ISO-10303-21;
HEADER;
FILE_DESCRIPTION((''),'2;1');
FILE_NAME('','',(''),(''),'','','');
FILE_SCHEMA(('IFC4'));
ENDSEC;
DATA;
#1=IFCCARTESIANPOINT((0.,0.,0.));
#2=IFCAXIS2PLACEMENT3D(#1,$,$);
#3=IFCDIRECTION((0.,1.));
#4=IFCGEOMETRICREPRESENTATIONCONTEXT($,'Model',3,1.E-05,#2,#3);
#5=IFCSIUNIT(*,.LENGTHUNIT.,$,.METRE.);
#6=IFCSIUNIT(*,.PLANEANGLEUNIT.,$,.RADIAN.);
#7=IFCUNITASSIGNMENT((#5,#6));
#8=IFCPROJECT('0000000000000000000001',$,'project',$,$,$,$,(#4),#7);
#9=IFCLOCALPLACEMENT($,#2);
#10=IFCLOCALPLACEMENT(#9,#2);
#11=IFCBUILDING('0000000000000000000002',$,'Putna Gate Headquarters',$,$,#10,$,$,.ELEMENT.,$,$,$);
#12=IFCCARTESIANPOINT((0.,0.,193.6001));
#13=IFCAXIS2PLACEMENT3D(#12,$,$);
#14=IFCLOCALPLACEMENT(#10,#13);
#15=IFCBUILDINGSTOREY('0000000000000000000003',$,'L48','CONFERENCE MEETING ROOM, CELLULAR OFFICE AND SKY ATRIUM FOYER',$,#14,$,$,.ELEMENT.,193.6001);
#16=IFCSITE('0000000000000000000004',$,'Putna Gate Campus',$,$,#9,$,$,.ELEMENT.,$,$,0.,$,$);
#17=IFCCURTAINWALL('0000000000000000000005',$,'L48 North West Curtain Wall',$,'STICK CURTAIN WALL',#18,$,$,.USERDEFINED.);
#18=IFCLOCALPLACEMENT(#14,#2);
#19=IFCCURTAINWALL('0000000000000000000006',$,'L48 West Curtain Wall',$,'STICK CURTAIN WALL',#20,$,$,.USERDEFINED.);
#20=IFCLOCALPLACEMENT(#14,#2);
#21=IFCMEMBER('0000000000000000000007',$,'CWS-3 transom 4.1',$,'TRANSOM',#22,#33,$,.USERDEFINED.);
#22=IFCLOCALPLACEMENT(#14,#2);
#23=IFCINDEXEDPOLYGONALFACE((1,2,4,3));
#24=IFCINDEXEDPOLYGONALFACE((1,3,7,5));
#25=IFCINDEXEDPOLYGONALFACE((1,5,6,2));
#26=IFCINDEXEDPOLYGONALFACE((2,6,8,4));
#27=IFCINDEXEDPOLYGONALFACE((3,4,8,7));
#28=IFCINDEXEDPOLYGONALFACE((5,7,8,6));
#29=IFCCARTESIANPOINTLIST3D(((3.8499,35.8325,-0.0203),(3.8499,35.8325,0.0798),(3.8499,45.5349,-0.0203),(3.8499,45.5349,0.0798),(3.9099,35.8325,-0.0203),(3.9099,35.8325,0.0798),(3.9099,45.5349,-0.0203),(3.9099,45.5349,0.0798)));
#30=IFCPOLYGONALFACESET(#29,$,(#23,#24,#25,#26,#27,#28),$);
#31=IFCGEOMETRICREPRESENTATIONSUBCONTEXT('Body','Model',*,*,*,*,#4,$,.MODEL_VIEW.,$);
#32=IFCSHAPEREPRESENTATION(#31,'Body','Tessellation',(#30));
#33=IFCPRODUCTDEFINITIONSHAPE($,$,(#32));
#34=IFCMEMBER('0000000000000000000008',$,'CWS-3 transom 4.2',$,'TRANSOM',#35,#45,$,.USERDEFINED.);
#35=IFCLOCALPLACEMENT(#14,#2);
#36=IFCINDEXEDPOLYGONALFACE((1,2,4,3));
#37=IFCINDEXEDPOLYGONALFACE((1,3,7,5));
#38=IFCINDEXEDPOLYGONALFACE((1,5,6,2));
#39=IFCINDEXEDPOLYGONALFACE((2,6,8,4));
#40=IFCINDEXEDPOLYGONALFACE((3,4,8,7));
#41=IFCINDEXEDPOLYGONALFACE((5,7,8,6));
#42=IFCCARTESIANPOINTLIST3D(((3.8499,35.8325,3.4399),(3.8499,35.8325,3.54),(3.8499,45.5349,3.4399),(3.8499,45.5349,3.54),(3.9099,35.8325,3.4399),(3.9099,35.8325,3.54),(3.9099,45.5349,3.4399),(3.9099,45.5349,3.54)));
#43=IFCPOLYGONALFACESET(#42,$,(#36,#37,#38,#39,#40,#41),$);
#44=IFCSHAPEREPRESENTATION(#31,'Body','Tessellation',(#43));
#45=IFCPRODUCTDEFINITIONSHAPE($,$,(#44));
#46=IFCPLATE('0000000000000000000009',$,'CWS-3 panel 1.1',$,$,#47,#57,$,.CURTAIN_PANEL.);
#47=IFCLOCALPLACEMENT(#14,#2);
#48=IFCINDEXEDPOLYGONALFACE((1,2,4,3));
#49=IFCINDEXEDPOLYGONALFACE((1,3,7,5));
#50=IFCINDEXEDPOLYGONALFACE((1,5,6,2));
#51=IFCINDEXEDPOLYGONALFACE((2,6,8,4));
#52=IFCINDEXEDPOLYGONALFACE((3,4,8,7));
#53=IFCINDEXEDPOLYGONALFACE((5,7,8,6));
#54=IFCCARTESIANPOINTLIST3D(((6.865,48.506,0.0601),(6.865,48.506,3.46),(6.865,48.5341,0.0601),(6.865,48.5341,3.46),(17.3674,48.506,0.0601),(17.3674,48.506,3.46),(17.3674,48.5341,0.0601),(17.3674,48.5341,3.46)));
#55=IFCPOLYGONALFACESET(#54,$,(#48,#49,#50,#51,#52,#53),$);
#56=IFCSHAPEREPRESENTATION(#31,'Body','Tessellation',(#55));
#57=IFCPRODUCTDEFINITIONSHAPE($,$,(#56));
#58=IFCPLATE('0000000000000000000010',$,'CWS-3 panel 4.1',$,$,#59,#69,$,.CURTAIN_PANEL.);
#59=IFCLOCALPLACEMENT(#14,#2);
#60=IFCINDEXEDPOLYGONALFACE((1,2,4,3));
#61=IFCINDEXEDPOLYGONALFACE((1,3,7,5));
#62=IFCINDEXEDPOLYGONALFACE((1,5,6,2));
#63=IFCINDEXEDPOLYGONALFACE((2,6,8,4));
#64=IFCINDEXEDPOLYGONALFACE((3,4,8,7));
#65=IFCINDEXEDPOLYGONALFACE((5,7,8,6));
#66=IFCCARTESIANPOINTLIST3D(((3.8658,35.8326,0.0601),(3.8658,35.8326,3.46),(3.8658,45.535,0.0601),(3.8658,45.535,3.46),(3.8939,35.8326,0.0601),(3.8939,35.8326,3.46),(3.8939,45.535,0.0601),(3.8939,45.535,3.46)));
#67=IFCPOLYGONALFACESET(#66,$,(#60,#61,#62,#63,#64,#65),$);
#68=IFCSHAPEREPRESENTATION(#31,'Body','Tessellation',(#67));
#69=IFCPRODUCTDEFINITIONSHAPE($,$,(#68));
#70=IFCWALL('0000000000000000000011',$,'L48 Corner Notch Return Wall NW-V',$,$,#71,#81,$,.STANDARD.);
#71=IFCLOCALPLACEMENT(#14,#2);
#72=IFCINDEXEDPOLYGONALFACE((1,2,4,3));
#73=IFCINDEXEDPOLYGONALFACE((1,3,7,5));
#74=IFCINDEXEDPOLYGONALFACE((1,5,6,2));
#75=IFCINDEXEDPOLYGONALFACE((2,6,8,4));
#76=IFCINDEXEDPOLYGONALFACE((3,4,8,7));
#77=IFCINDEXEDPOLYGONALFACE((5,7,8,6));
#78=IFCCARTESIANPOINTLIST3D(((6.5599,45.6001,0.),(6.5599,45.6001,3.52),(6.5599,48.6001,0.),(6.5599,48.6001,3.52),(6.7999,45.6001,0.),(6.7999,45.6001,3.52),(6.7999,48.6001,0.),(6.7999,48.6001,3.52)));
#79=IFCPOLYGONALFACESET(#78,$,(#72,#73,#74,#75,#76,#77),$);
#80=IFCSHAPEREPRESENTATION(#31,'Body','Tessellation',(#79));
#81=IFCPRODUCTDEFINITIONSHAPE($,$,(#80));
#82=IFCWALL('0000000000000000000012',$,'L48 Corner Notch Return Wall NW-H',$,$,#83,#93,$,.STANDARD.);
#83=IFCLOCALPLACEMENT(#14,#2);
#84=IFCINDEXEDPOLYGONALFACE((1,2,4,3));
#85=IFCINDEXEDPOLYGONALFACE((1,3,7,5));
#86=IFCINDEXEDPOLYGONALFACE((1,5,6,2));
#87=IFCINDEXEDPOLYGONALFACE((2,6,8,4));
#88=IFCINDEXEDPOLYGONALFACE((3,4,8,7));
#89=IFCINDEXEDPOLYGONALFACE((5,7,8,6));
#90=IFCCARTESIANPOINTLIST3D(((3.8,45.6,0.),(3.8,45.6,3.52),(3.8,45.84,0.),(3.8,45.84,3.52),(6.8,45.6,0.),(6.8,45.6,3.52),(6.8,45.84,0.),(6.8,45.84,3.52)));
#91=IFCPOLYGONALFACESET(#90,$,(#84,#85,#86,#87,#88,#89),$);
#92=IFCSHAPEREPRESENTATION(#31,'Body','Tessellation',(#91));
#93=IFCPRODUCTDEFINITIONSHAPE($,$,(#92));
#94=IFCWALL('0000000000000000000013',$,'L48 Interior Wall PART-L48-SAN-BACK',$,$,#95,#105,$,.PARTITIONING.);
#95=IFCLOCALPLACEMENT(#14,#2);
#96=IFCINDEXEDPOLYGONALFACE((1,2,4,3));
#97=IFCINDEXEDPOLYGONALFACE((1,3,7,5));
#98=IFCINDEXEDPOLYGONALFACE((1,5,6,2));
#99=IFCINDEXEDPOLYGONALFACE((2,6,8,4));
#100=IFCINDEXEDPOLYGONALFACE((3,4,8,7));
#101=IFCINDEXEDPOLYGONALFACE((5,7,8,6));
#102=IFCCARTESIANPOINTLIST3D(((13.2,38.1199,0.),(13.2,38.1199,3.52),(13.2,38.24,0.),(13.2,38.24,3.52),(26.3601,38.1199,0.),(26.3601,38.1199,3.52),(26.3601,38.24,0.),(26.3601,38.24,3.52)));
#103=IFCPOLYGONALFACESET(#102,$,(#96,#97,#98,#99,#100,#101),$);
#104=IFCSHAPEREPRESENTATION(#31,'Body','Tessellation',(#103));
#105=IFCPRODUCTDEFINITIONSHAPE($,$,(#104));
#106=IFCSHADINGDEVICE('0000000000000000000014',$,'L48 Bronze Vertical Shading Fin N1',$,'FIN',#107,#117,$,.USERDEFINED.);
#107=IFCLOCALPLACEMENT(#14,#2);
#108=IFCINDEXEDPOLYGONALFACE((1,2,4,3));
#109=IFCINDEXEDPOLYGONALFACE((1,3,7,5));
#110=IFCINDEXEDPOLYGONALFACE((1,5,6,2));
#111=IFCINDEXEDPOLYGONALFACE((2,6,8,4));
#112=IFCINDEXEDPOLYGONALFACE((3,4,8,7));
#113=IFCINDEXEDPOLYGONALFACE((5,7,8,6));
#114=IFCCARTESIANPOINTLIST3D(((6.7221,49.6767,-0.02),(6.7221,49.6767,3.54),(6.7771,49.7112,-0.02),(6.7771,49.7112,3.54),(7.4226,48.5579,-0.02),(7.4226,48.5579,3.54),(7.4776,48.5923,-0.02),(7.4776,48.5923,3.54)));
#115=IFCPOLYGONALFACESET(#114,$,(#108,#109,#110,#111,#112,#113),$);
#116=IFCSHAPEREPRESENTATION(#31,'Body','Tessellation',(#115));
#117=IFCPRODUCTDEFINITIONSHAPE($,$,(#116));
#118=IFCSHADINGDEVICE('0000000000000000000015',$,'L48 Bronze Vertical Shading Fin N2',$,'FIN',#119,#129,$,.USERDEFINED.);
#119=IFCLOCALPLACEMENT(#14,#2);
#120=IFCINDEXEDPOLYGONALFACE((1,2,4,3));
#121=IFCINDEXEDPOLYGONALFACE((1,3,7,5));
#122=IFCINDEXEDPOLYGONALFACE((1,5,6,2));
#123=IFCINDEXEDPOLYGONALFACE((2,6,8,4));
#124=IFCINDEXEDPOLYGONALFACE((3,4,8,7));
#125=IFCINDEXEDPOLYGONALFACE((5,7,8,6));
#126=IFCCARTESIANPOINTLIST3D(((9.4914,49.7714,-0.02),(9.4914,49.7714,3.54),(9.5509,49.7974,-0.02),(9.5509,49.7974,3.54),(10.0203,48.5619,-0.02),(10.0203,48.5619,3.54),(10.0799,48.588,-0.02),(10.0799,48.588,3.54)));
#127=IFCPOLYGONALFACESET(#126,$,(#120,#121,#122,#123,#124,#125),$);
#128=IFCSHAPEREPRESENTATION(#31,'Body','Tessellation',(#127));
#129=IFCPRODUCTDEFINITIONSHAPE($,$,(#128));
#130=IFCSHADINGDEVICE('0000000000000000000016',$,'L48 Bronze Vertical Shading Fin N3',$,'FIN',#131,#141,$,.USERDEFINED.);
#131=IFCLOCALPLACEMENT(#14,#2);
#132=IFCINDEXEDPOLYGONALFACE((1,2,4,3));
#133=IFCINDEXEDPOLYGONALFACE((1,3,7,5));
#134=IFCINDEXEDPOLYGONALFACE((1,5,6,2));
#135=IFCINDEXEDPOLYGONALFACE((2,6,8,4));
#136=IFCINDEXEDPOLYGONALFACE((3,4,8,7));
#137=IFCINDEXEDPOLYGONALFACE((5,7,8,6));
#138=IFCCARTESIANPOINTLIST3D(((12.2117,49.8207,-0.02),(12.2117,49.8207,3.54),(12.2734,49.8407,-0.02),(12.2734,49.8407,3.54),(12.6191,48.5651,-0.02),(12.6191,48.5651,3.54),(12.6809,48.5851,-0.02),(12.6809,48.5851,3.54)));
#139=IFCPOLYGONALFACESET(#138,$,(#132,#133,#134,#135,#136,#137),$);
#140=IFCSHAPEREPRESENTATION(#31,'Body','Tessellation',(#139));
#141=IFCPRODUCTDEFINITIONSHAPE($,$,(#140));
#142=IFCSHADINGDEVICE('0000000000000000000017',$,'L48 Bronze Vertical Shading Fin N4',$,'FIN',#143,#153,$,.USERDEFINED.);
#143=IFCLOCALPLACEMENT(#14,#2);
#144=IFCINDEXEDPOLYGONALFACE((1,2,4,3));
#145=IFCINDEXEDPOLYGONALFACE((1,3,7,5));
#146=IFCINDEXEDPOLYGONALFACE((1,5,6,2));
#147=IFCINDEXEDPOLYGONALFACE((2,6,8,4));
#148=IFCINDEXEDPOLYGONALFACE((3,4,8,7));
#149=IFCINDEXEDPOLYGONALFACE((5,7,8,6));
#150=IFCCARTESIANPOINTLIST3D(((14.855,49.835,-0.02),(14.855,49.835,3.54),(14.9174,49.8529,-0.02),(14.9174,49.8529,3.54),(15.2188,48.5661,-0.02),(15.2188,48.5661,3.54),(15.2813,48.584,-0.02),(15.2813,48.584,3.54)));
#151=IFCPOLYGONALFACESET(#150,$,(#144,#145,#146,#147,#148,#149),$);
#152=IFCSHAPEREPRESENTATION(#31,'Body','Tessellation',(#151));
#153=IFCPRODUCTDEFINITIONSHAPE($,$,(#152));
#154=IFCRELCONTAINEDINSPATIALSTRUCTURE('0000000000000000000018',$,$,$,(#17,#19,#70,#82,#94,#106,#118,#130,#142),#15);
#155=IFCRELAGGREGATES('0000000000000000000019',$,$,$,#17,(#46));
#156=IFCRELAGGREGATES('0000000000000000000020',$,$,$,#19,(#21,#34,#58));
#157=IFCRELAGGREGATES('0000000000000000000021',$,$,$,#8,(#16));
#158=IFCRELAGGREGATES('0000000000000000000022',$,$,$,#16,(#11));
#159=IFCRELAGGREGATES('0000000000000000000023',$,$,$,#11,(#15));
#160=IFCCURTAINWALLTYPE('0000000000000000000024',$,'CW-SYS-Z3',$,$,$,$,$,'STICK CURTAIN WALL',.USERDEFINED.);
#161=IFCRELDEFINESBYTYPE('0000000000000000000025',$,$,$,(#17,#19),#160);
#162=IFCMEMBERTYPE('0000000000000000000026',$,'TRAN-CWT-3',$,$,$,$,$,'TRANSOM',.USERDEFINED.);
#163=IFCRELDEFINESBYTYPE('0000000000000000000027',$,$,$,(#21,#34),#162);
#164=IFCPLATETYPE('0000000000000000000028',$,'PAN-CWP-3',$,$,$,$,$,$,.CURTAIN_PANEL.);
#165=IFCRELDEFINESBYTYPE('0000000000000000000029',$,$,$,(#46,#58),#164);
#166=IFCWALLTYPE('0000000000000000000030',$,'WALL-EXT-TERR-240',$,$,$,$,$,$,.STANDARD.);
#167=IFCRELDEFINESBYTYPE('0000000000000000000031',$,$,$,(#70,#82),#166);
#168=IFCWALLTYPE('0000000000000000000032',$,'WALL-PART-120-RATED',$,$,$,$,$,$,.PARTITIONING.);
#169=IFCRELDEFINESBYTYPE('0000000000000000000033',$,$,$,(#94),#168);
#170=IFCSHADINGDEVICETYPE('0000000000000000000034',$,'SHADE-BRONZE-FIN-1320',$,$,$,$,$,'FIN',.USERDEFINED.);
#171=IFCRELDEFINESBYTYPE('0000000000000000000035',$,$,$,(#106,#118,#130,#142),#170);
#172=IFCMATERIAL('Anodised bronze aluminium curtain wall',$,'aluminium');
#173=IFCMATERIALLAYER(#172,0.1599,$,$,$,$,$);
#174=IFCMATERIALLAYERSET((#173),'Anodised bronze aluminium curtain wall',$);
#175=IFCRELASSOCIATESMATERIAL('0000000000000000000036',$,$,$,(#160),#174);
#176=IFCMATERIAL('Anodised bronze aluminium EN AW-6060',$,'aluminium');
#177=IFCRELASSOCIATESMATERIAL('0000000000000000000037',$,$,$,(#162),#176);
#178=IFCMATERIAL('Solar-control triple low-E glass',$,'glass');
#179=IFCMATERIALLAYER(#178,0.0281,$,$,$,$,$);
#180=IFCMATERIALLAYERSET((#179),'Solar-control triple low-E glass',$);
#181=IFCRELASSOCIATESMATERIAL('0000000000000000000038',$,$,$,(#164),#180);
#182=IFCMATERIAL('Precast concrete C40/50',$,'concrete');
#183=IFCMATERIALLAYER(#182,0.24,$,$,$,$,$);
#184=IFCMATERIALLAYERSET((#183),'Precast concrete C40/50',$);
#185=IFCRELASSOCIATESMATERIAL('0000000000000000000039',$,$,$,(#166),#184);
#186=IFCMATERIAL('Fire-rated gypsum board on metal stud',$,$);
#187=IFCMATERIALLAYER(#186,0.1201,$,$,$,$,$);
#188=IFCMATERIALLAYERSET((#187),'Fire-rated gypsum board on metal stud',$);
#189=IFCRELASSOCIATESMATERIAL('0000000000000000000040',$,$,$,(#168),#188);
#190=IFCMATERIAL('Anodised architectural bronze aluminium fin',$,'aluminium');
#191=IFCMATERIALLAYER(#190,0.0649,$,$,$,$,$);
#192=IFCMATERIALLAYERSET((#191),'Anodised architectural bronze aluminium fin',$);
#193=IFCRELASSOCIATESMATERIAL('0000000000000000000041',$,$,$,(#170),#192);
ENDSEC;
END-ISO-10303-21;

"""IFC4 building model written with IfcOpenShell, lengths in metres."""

from ifc_helpers import new_model, si_unit, direction, frame, frame_2d, origin, origin_2d, place, context, subcontext, project, spatial, rectangle, extrude, material, layer, layer_set, material_profile, profile_set, type_object, element, aggregate, save


model = new_model("IFC4")

# Units and contexts
model_context = context("Model", 3, precision=1e-05, world=origin(), true_north=direction((0.0, 1.0)))
body_context = subcontext(model_context, "Body", "Model", "MODEL_VIEW")
ifc_project = project(units=[si_unit("LENGTHUNIT", "METRE"), si_unit("PLANEANGLEUNIT", "RADIAN")], contexts=[model_context])

# Site, building, storey
site_placement = place(None, origin())
site = spatial("IfcSite", under=ifc_project, at=site_placement, Name="Putna Gate Campus", CompositionType="ELEMENT", RefElevation=0.0)
building_placement = place(site_placement, origin())
building = spatial("IfcBuilding", under=site, at=building_placement, Name="Putna Gate Headquarters", CompositionType="ELEMENT")
storey_placement = place(building_placement, frame((0.0, 0.0, 193.6001)))
storey = spatial("IfcBuildingStorey", under=building, at=storey_placement, Name="L48", Description="CONFERENCE MEETING ROOM, CELLULAR OFFICE AND SKY ATRIUM FOYER", CompositionType="ELEMENT", Elevation=193.6001)

# Curtain wall
ifc_material_1 = material(Name="Anodised bronze aluminium curtain wall", Category="aluminium")
ifc_layer_1 = layer(ifc_material_1, 0.1599)
ifc_layer_set_1 = layer_set([ifc_layer_1], Name="Anodised bronze aluminium curtain wall")
curtain_wall_type = type_object("IfcCurtainWallType", Name="CW-SYS-Z3", ElementType="STICK CURTAIN WALL", PredefinedType="USERDEFINED", material=ifc_layer_set_1)
curtain_wall_1_placement = place(storey_placement, origin())
curtain_wall_1 = element("IfcCurtainWall", 1, at=curtain_wall_1_placement, inside=storey, type_object=curtain_wall_type, Name="L48 North West Curtain Wall", ObjectType="STICK CURTAIN WALL", PredefinedType="USERDEFINED")
ifc_material_2 = material(Name="Anodised bronze aluminium EN AW-6060", Category="aluminium")

# Curtain wall
curtain_wall_2_placement = place(storey_placement, origin())
curtain_wall_2 = element("IfcCurtainWall", 2, at=curtain_wall_2_placement, inside=storey, type_object=curtain_wall_type, Name="L48 West Curtain Wall", ObjectType="STICK CURTAIN WALL", PredefinedType="USERDEFINED")

# Members
ifc_material_profile_1 = material_profile(ifc_material_2, rectangle(XDim=0.0601, YDim=0.1001, at=origin_2d()), Name="Anodised bronze aluminium EN AW-6060")
ifc_profile_set_1 = profile_set([ifc_material_profile_1], Name="Anodised bronze aluminium EN AW-6060")
member_type_1 = type_object("IfcMemberType", Name="TRAN-CWT-3", ElementType="TRANSOM", PredefinedType="USERDEFINED", material=ifc_profile_set_1)
member_1_placement = place(storey_placement, frame((3.8799, 35.8325, 0.0298), z_axis=(0.0, 1.0, 0.0), x_axis=(-1.0, 0.0, 0.0)))
member_1 = element("IfcMember", 3, at=member_1_placement, type_object=member_type_1, Name="CWS-3 transom 4.1", ObjectType="TRANSOM", PredefinedType="USERDEFINED", context=body_context, shape_type="SweptSolid", body=[
    extrude(rectangle(XDim=0.0601, YDim=0.1001, at=origin_2d()), origin(), (0.0, 0.0, 1.0), 9.7024),
])
member_2_placement = place(storey_placement, frame((3.8799, 35.8325, 3.49), z_axis=(0.0, 1.0, 0.0), x_axis=(-1.0, 0.0, 0.0)))
member_2 = element("IfcMember", 4, at=member_2_placement, type_object=member_type_1, Name="CWS-3 transom 4.2", ObjectType="TRANSOM", PredefinedType="USERDEFINED", context=body_context, shape_type="SweptSolid", body=[
    extrude(rectangle(XDim=0.0601, YDim=0.1001, at=origin_2d()), origin(), (0.0, 0.0, 1.0), 9.7024),
])

# Plates
ifc_material_3 = material(Name="Solar-control triple low-E glass", Category="glass")
ifc_layer_2 = layer(ifc_material_3, 0.0281)
ifc_layer_set_2 = layer_set([ifc_layer_2], Name="Solar-control triple low-E glass")
plate_type = type_object("IfcPlateType", Name="PAN-CWP-3", PredefinedType="CURTAIN_PANEL", material=ifc_layer_set_2)
plate_1_placement = place(storey_placement, frame((12.1162, 48.52, 0.0601), z_axis=(0.0, 0.0, 1.0), x_axis=(1.0, 0.0, 0.0)))
plate_1 = element("IfcPlate", 5, at=plate_1_placement, type_object=plate_type, Name="CWS-3 panel 1.1", PredefinedType="CURTAIN_PANEL", context=body_context, shape_type="SweptSolid", body=[
    extrude(rectangle(XDim=10.5024, YDim=0.0281, at=origin_2d()), origin(), (0.0, 0.0, 1.0), 3.3999),
])
aggregate(curtain_wall_1, [plate_1])
plate_2_placement = place(storey_placement, frame((3.8799, 40.6838, 0.0601), z_axis=(0.0, 0.0, 1.0), x_axis=(0.0, 1.0, 0.0)))
plate_2 = element("IfcPlate", 6, at=plate_2_placement, type_object=plate_type, Name="CWS-3 panel 4.1", PredefinedType="CURTAIN_PANEL", context=body_context, shape_type="SweptSolid", body=[
    extrude(rectangle(XDim=9.7024, YDim=0.0281, at=origin_2d()), origin(), (0.0, 0.0, 1.0), 3.3999),
])
aggregate(curtain_wall_2, [member_1, member_2, plate_2])

# Walls
ifc_material_4 = material(Name="Precast concrete C40/50", Category="concrete")
ifc_layer_3 = layer(ifc_material_4, 0.24)
ifc_layer_set_3 = layer_set([ifc_layer_3], Name="Precast concrete C40/50")
wall_type_1 = type_object("IfcWallType", Name="WALL-EXT-TERR-240", PredefinedType="STANDARD", material=ifc_layer_set_3)
for number, where, z_axis, x_axis, name in (
    (7, (6.6799, 45.6001, 0.0), (0.0, 0.0, 1.0), (0.0, 1.0, 0.0), "L48 Corner Notch Return Wall NW-V"),
    (8, (3.8, 45.72, 0.0), (0.0, 0.0, 1.0), (1.0, 0.0, 0.0), "L48 Corner Notch Return Wall NW-H"),
):
    element("IfcWall", number, at=place(storey_placement, frame(where, z_axis=z_axis, x_axis=x_axis)), inside=storey, type_object=wall_type_1, Name=name, PredefinedType="STANDARD", context=body_context, shape_type="SweptSolid", body=[
        extrude(rectangle(XDim=3.0, YDim=0.24, at=frame_2d((1.5, 0.0))), origin(), (0.0, 0.0, 1.0), 3.52),
    ])
ifc_material_5 = material(Name="Fire-rated gypsum board on metal stud")
ifc_layer_4 = layer(ifc_material_5, 0.1201)
ifc_layer_set_4 = layer_set([ifc_layer_4], Name="Fire-rated gypsum board on metal stud")
wall_type_2 = type_object("IfcWallType", Name="WALL-PART-120-RATED", PredefinedType="PARTITIONING", material=ifc_layer_set_4)
wall_placement = place(storey_placement, frame((13.2, 38.1799, 0.0), z_axis=(0.0, 0.0, 1.0), x_axis=(1.0, 0.0, 0.0)))
element("IfcWall", 9, at=wall_placement, inside=storey, type_object=wall_type_2, Name="L48 Interior Wall PART-L48-SAN-BACK", PredefinedType="PARTITIONING", context=body_context, shape_type="SweptSolid", body=[
    extrude(rectangle(XDim=13.1602, YDim=0.1201, at=frame_2d((6.5801, 0.0))), origin(), (0.0, 0.0, 1.0), 3.52),
])

# Shading devices
ifc_material_6 = material(Name="Anodised architectural bronze aluminium fin", Category="aluminium")
ifc_layer_5 = layer(ifc_material_6, 0.0649)
ifc_layer_set_5 = layer_set([ifc_layer_5], Name="Anodised architectural bronze aluminium fin")
shading_device_type = type_object("IfcShadingDeviceType", Name="SHADE-BRONZE-FIN-1320", ElementType="FIN", PredefinedType="USERDEFINED", material=ifc_layer_set_5)
for number, where, z_axis, x_axis, name in (
    (10, (7.0999, 49.1345, -0.02), (0.0, 0.0, 1.0), (-0.530659, 0.847585, 0.0), "L48 Bronze Vertical Shading Fin N1"),
    (11, (9.7856, 49.1797, -0.02), (0.0, 0.0, 1.0), (-0.400669, 0.916223, 0.0), "L48 Bronze Vertical Shading Fin N2"),
    (12, (12.4463, 49.2029, -0.02), (0.0, 0.0, 1.0), (-0.308685, 0.951164, 0.0), "L48 Bronze Vertical Shading Fin N3"),
    (13, (15.0681, 49.2095, -0.02), (0.0, 0.0, 1.0), (-0.275637, 0.961262, 0.0), "L48 Bronze Vertical Shading Fin N4"),
):
    element("IfcShadingDevice", number, at=place(storey_placement, frame(where, z_axis=z_axis, x_axis=x_axis)), inside=storey, type_object=shading_device_type, Name=name, ObjectType="FIN", PredefinedType="USERDEFINED", context=body_context, shape_type="SweptSolid", body=[
        extrude(rectangle(XDim=1.3201, YDim=0.0649, at=origin_2d()), origin(), (0.0, 0.0, 1.0), 3.5601),
    ])

save(model, "model.ifc")
